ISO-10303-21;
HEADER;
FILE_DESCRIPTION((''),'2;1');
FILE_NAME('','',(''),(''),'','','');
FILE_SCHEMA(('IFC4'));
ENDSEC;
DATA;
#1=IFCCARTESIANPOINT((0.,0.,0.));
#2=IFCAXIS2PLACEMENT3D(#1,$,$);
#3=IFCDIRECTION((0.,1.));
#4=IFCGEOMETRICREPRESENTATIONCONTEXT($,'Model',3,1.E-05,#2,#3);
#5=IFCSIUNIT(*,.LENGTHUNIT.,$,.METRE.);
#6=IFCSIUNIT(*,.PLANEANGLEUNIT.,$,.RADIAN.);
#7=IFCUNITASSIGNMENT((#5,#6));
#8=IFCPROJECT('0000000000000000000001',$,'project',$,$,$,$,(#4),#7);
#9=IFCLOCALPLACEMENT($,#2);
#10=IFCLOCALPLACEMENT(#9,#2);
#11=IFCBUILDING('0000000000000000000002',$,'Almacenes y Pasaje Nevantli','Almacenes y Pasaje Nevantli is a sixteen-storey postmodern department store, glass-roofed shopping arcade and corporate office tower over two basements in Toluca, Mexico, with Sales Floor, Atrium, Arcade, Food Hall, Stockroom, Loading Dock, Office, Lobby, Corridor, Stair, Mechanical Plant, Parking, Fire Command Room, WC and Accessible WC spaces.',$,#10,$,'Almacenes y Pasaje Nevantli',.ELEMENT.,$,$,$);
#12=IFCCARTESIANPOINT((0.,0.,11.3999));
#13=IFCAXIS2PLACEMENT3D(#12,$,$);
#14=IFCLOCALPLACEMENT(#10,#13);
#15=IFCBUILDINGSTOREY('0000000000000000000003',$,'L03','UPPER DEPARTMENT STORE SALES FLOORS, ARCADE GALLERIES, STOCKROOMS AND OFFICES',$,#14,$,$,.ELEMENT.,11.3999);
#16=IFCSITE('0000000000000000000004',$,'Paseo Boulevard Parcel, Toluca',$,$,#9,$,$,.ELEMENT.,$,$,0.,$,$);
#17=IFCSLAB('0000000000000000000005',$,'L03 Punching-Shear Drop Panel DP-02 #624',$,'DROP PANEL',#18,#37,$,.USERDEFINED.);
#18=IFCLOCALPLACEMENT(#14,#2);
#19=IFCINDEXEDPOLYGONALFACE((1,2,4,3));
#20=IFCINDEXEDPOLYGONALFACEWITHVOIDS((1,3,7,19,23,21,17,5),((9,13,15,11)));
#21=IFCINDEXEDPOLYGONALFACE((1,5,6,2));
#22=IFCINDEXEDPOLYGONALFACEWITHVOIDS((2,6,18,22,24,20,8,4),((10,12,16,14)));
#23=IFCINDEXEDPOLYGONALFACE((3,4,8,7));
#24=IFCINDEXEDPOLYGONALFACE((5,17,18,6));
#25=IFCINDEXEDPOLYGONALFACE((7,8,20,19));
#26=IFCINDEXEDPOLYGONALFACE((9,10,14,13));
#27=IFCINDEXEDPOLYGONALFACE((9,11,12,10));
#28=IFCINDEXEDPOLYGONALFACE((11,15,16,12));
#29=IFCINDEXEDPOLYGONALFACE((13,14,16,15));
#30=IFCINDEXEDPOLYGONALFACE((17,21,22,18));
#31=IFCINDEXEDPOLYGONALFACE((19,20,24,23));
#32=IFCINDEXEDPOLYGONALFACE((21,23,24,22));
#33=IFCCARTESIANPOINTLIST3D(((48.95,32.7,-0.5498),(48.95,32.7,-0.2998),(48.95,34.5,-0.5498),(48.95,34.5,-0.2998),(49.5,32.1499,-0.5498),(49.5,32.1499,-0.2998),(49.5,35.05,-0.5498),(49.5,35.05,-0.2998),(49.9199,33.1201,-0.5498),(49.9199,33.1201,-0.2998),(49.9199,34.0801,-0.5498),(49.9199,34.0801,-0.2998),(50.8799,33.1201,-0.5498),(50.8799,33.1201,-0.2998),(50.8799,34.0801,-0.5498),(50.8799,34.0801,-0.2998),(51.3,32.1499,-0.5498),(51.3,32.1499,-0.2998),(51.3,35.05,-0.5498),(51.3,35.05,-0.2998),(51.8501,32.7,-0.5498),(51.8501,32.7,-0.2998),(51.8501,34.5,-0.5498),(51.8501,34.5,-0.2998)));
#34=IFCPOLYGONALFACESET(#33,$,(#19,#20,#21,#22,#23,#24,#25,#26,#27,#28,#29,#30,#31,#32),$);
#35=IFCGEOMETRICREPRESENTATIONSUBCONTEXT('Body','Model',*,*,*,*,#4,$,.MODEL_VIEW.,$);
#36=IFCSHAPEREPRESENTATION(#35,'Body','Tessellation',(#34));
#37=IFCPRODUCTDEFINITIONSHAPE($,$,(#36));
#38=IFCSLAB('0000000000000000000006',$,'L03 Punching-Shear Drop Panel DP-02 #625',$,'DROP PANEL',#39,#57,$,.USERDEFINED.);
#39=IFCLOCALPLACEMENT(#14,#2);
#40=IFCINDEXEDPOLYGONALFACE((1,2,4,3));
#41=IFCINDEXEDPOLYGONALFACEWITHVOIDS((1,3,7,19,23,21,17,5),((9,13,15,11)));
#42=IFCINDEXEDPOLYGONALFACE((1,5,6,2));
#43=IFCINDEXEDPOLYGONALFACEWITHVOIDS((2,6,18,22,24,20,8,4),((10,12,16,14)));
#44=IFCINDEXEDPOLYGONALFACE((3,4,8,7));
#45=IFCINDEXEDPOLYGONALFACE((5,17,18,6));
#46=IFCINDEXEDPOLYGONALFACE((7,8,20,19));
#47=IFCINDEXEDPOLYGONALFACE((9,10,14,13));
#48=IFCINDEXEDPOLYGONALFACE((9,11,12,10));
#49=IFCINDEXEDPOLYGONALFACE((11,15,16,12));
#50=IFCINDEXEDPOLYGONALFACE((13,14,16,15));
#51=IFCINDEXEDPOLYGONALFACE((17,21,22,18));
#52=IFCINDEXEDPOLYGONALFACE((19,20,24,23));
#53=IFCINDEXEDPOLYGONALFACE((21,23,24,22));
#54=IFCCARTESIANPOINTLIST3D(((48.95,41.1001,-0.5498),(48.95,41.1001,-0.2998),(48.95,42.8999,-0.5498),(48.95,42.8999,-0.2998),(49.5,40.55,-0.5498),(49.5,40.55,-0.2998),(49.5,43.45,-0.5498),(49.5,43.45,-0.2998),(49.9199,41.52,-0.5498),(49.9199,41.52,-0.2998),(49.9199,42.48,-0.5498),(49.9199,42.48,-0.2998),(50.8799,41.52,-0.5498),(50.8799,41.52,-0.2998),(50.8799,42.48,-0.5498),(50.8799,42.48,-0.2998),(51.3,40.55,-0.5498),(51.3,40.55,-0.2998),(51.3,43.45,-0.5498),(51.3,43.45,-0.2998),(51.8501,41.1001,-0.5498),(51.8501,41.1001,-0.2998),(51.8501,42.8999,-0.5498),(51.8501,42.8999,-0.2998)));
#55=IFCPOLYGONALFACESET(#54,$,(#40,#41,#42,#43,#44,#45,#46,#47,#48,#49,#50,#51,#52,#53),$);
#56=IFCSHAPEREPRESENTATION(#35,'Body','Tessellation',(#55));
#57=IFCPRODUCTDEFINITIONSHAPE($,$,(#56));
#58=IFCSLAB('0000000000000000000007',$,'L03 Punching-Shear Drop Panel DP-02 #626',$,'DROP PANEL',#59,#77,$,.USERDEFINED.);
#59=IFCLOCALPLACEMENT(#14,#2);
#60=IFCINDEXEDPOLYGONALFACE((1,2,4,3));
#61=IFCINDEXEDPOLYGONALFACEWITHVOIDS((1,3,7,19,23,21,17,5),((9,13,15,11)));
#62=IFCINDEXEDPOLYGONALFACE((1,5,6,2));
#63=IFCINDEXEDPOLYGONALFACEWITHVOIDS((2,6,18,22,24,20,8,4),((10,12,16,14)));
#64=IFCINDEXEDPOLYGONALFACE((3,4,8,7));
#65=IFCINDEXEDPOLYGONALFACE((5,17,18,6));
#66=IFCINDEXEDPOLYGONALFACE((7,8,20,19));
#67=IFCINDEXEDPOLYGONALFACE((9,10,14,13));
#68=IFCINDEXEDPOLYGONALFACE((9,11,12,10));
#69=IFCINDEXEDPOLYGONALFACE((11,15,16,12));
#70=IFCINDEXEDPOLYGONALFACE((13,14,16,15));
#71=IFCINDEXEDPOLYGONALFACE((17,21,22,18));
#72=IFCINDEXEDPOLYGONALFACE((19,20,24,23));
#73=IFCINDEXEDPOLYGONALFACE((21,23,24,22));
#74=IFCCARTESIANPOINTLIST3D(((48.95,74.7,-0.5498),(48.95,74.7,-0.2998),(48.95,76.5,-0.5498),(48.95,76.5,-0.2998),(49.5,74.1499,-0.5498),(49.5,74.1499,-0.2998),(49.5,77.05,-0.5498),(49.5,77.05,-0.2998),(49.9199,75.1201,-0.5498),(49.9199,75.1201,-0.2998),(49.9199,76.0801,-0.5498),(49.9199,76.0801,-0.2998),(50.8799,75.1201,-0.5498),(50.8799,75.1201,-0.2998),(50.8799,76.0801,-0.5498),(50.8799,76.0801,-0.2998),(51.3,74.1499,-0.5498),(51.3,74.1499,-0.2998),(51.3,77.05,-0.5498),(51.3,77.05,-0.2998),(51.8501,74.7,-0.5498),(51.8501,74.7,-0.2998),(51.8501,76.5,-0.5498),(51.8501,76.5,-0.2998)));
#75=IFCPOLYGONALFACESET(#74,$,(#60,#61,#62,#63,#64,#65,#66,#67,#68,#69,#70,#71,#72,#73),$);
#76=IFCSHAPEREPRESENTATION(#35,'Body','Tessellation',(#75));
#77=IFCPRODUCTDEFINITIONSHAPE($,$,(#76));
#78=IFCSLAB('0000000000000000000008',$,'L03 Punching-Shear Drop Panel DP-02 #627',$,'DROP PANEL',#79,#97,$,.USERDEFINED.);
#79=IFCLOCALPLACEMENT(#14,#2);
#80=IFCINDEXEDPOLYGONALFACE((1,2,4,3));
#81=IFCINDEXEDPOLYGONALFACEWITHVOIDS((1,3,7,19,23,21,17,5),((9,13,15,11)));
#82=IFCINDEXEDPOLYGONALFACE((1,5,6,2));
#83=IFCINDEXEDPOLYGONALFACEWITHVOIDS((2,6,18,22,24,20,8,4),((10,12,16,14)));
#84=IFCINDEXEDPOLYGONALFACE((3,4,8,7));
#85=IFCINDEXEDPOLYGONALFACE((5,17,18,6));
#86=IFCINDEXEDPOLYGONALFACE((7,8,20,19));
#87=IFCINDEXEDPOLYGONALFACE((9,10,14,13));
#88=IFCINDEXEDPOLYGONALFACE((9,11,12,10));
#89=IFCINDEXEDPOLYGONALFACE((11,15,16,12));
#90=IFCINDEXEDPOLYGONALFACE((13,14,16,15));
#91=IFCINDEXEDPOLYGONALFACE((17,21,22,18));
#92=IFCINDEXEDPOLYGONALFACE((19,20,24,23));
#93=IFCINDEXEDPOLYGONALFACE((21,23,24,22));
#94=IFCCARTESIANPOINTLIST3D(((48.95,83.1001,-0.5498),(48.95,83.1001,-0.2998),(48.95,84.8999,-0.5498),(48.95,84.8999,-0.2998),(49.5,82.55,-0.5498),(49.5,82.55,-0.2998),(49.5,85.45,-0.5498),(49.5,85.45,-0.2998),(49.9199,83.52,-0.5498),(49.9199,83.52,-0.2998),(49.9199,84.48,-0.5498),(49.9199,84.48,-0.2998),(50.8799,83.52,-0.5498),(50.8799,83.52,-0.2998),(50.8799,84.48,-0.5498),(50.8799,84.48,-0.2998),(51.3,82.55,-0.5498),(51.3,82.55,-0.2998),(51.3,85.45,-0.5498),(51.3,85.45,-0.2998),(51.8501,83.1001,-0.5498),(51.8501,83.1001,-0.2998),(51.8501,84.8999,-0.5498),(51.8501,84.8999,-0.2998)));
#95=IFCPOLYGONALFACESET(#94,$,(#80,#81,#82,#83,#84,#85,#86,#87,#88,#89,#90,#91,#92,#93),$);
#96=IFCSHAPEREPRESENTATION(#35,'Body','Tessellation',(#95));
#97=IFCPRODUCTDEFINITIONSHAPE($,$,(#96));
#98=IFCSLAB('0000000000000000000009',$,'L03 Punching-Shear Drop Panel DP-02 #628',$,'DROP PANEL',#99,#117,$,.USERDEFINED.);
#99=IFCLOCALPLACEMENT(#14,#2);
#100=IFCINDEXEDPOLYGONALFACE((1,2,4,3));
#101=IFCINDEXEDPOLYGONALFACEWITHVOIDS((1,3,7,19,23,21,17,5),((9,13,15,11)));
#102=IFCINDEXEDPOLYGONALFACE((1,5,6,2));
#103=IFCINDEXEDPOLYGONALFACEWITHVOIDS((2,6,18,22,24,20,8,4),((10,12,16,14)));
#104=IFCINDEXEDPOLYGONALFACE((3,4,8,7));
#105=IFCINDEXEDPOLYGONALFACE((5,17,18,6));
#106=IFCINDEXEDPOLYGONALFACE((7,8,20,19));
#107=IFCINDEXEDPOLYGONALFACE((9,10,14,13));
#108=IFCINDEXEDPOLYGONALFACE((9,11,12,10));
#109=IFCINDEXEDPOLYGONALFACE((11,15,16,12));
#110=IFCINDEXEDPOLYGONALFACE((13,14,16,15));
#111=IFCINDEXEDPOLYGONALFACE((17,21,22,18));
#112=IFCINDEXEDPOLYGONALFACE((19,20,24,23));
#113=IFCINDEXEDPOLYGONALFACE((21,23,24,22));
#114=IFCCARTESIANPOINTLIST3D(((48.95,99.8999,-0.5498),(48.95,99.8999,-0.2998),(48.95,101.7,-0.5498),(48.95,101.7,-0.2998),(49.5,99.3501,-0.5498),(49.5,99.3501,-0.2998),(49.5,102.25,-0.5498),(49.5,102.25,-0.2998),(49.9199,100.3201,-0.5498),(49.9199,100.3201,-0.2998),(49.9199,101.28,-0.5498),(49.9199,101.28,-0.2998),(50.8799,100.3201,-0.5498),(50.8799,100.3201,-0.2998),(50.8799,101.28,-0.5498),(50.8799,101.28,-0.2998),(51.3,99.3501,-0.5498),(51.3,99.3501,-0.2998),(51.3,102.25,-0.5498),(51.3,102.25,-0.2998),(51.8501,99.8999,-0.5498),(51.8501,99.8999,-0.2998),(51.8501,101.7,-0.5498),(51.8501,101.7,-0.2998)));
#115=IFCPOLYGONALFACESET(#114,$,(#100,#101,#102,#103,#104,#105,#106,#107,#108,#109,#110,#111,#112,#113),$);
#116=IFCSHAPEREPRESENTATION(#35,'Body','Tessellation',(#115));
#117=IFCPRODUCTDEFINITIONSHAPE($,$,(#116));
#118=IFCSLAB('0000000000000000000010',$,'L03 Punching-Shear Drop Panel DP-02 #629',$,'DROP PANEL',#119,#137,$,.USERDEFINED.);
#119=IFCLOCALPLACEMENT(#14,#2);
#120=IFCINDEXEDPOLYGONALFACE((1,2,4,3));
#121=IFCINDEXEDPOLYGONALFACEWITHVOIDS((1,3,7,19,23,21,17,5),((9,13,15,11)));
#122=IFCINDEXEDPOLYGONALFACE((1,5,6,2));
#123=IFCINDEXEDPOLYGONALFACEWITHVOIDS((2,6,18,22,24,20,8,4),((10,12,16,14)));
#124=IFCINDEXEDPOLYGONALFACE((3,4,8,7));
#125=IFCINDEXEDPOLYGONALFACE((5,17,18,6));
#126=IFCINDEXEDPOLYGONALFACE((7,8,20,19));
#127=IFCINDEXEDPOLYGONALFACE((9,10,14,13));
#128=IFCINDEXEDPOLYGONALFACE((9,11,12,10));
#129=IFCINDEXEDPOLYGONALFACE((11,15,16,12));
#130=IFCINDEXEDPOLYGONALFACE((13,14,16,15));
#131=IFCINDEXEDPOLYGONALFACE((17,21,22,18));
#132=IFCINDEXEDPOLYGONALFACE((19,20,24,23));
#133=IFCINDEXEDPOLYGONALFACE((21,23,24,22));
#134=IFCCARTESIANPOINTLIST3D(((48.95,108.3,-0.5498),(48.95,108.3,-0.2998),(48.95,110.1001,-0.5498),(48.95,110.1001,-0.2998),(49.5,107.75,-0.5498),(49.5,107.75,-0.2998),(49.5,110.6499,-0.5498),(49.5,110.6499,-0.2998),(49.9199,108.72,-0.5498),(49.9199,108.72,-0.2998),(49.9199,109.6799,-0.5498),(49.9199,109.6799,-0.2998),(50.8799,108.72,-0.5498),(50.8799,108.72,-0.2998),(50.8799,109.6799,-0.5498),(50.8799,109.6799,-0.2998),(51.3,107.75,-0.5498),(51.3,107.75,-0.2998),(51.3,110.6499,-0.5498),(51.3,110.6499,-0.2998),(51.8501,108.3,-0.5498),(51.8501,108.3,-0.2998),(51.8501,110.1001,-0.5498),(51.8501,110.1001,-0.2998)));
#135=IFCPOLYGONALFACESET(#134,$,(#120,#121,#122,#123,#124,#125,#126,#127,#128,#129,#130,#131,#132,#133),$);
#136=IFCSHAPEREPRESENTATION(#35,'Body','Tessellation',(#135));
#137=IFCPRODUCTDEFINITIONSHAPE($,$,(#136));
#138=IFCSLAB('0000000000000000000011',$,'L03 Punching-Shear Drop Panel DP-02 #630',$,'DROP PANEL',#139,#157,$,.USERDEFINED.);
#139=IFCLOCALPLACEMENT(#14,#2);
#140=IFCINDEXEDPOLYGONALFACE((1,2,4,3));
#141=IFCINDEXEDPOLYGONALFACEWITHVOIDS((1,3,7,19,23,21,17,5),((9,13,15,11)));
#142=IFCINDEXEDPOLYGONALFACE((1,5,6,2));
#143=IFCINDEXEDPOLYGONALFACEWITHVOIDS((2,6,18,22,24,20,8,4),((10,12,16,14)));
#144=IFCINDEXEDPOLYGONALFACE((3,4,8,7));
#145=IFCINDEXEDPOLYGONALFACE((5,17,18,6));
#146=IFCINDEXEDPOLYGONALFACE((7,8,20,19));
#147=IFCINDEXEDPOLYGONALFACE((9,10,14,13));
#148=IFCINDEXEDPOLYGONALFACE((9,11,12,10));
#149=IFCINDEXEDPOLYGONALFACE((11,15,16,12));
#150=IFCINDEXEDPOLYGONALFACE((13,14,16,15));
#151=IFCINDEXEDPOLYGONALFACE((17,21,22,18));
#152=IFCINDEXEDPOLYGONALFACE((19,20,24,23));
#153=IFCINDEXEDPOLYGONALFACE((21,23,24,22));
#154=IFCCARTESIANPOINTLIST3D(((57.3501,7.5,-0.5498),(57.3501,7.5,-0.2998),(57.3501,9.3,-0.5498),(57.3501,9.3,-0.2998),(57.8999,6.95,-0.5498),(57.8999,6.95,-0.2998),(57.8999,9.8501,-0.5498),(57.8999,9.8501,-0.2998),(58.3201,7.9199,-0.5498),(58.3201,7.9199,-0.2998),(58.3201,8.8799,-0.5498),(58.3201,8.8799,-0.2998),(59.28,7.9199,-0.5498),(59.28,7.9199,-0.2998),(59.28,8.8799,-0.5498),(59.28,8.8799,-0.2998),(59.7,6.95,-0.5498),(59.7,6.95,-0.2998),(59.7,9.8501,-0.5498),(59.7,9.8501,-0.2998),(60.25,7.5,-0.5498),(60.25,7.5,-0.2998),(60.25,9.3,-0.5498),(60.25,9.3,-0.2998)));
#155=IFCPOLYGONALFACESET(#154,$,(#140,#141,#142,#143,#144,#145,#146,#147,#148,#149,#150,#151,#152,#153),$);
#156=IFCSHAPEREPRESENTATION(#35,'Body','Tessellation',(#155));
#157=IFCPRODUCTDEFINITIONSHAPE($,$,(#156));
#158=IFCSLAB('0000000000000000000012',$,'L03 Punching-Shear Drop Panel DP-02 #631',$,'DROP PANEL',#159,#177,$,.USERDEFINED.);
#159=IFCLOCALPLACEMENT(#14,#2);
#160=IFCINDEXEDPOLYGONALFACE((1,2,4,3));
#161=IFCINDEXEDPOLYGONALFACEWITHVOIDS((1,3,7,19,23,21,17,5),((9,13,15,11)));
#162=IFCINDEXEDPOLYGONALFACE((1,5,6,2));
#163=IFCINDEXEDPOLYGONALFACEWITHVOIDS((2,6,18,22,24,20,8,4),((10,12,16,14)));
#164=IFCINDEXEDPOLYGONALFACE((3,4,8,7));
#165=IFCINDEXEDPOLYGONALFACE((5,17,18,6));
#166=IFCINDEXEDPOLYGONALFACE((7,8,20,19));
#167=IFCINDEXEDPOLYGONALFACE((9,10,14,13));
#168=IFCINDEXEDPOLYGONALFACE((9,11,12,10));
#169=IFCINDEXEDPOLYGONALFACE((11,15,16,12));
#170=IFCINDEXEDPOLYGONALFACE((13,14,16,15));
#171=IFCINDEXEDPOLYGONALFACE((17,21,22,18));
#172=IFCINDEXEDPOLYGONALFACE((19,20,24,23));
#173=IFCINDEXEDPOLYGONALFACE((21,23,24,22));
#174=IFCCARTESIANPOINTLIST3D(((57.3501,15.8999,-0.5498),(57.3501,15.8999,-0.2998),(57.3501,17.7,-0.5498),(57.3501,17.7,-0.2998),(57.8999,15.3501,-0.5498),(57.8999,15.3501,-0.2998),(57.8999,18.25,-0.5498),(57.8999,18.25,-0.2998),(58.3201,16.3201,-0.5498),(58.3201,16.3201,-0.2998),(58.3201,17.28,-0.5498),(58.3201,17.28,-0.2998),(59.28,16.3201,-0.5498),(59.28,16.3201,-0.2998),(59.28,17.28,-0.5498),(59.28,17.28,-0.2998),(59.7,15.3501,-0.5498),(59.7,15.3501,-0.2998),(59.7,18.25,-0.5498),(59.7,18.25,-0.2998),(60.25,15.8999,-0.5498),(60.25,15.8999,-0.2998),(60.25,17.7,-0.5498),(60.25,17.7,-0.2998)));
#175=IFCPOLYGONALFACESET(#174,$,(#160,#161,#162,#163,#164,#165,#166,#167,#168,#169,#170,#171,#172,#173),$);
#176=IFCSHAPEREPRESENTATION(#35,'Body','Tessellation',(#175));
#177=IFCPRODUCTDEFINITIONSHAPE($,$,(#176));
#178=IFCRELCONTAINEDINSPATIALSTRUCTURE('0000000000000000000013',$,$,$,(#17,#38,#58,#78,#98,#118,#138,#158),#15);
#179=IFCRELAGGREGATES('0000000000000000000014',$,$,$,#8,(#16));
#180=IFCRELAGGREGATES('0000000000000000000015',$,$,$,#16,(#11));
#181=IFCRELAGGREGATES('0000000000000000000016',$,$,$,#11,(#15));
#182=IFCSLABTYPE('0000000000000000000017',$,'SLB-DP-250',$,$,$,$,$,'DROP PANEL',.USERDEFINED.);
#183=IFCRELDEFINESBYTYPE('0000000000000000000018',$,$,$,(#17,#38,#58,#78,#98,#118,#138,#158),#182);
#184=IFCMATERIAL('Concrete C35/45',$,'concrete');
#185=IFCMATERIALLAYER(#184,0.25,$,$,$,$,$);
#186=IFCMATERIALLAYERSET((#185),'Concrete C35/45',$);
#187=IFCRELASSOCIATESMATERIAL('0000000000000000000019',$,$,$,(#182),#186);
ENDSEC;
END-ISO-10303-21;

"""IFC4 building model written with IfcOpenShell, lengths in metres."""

from ifc_helpers import new_model, si_unit, direction, frame, origin, place, context, subcontext, project, spatial, polyline, outline, extrude, material, layer, layer_set, type_object, element, save


model = new_model("IFC4")

# Units and contexts
model_context = context("Model", 3, precision=1e-05, world=origin(), true_north=direction((0.0, 1.0)))
body_context = subcontext(model_context, "Body", "Model", "MODEL_VIEW")
ifc_project = project(units=[si_unit("LENGTHUNIT", "METRE"), si_unit("PLANEANGLEUNIT", "RADIAN")], contexts=[model_context])

# Site, building, storey
site_placement = place(None, origin())
site = spatial("IfcSite", under=ifc_project, at=site_placement, Name="Paseo Boulevard Parcel, Toluca", CompositionType="ELEMENT", RefElevation=0.0)
building_placement = place(site_placement, origin())
building = spatial("IfcBuilding", under=site, at=building_placement, Name="Almacenes y Pasaje Nevantli", Description="Almacenes y Pasaje Nevantli is a sixteen-storey postmodern department store, glass-roofed shopping arcade and corporate office tower over two basements in Toluca, Mexico, with Sales Floor, Atrium, Arcade, Food Hall, Stockroom, Loading Dock, Office, Lobby, Corridor, Stair, Mechanical Plant, Parking, Fire Command Room, WC and Accessible WC spaces.", LongName="Almacenes y Pasaje Nevantli", CompositionType="ELEMENT")
storey_placement = place(building_placement, frame((0.0, 0.0, 11.3999)))
storey = spatial("IfcBuildingStorey", under=building, at=storey_placement, Name="L03", Description="UPPER DEPARTMENT STORE SALES FLOORS, ARCADE GALLERIES, STOCKROOMS AND OFFICES", CompositionType="ELEMENT", Elevation=11.3999)

# Slabs
ifc_material = material(Name="Concrete C35/45", Category="concrete")
ifc_layer = layer(ifc_material, 0.25)
ifc_layer_set = layer_set([ifc_layer], Name="Concrete C35/45")
slab_type = type_object("IfcSlabType", Name="SLB-DP-250", ElementType="DROP PANEL", PredefinedType="USERDEFINED", material=ifc_layer_set)
slab_1_placement = place(storey_placement, frame((0.0, 0.0, -0.5498)))
element("IfcSlab", 1, at=slab_1_placement, inside=storey, type_object=slab_type, Name="L03 Punching-Shear Drop Panel DP-02 #624", ObjectType="DROP PANEL", PredefinedType="USERDEFINED", context=body_context, shape_type="SweptSolid", body=[
    extrude(outline(polyline([(49.5, 32.1499), (51.3, 32.1499), (51.8501, 32.7), (51.8501, 34.5), (51.3, 35.05), (49.5, 35.05), (48.95, 34.5), (48.95, 32.7), (49.5, 32.1499)]), holes=[polyline([(49.9199, 33.1201), (50.8799, 33.1201), (50.8799, 34.0801), (49.9199, 34.0801), (49.9199, 33.1201)])]), origin(), (0.0, 0.0, 1.0), 0.25),
])
slab_2_placement = place(storey_placement, frame((0.0, 0.0, -0.5498)))
element("IfcSlab", 2, at=slab_2_placement, inside=storey, type_object=slab_type, Name="L03 Punching-Shear Drop Panel DP-02 #625", ObjectType="DROP PANEL", PredefinedType="USERDEFINED", context=body_context, shape_type="SweptSolid", body=[
    extrude(outline(polyline([(49.5, 40.55), (51.3, 40.55), (51.8501, 41.1001), (51.8501, 42.8999), (51.3, 43.45), (49.5, 43.45), (48.95, 42.8999), (48.95, 41.1001), (49.5, 40.55)]), holes=[polyline([(49.9199, 41.52), (50.8799, 41.52), (50.8799, 42.48), (49.9199, 42.48), (49.9199, 41.52)])]), origin(), (0.0, 0.0, 1.0), 0.25),
])
slab_3_placement = place(storey_placement, frame((0.0, 0.0, -0.5498)))
element("IfcSlab", 3, at=slab_3_placement, inside=storey, type_object=slab_type, Name="L03 Punching-Shear Drop Panel DP-02 #626", ObjectType="DROP PANEL", PredefinedType="USERDEFINED", context=body_context, shape_type="SweptSolid", body=[
    extrude(outline(polyline([(49.5, 74.1499), (51.3, 74.1499), (51.8501, 74.7), (51.8501, 76.5), (51.3, 77.05), (49.5, 77.05), (48.95, 76.5), (48.95, 74.7), (49.5, 74.1499)]), holes=[polyline([(49.9199, 75.1201), (50.8799, 75.1201), (50.8799, 76.0801), (49.9199, 76.0801), (49.9199, 75.1201)])]), origin(), (0.0, 0.0, 1.0), 0.25),
])
slab_4_placement = place(storey_placement, frame((0.0, 0.0, -0.5498)))
element("IfcSlab", 4, at=slab_4_placement, inside=storey, type_object=slab_type, Name="L03 Punching-Shear Drop Panel DP-02 #627", ObjectType="DROP PANEL", PredefinedType="USERDEFINED", context=body_context, shape_type="SweptSolid", body=[
    extrude(outline(polyline([(49.5, 82.55), (51.3, 82.55), (51.8501, 83.1001), (51.8501, 84.8999), (51.3, 85.45), (49.5, 85.45), (48.95, 84.8999), (48.95, 83.1001), (49.5, 82.55)]), holes=[polyline([(49.9199, 83.52), (50.8799, 83.52), (50.8799, 84.48), (49.9199, 84.48), (49.9199, 83.52)])]), origin(), (0.0, 0.0, 1.0), 0.25),
])
slab_5_placement = place(storey_placement, frame((0.0, 0.0, -0.5498)))
element("IfcSlab", 5, at=slab_5_placement, inside=storey, type_object=slab_type, Name="L03 Punching-Shear Drop Panel DP-02 #628", ObjectType="DROP PANEL", PredefinedType="USERDEFINED", context=body_context, shape_type="SweptSolid", body=[
    extrude(outline(polyline([(49.5, 99.3501), (51.3, 99.3501), (51.8501, 99.8999), (51.8501, 101.7), (51.3, 102.25), (49.5, 102.25), (48.95, 101.7), (48.95, 99.8999), (49.5, 99.3501)]), holes=[polyline([(49.9199, 100.3201), (50.8799, 100.3201), (50.8799, 101.28), (49.9199, 101.28), (49.9199, 100.3201)])]), origin(), (0.0, 0.0, 1.0), 0.25),
])
slab_6_placement = place(storey_placement, frame((0.0, 0.0, -0.5498)))
element("IfcSlab", 6, at=slab_6_placement, inside=storey, type_object=slab_type, Name="L03 Punching-Shear Drop Panel DP-02 #629", ObjectType="DROP PANEL", PredefinedType="USERDEFINED", context=body_context, shape_type="SweptSolid", body=[
    extrude(outline(polyline([(49.5, 107.75), (51.3, 107.75), (51.8501, 108.3), (51.8501, 110.1001), (51.3, 110.6499), (49.5, 110.6499), (48.95, 110.1001), (48.95, 108.3), (49.5, 107.75)]), holes=[polyline([(49.9199, 108.72), (50.8799, 108.72), (50.8799, 109.6799), (49.9199, 109.6799), (49.9199, 108.72)])]), origin(), (0.0, 0.0, 1.0), 0.25),
])
slab_7_placement = place(storey_placement, frame((0.0, 0.0, -0.5498)))
element("IfcSlab", 7, at=slab_7_placement, inside=storey, type_object=slab_type, Name="L03 Punching-Shear Drop Panel DP-02 #630", ObjectType="DROP PANEL", PredefinedType="USERDEFINED", context=body_context, shape_type="SweptSolid", body=[
    extrude(outline(polyline([(57.8999, 6.95), (59.7, 6.95), (60.25, 7.5), (60.25, 9.3), (59.7, 9.8501), (57.8999, 9.8501), (57.3501, 9.3), (57.3501, 7.5), (57.8999, 6.95)]), holes=[polyline([(58.3201, 7.9199), (59.28, 7.9199), (59.28, 8.8799), (58.3201, 8.8799), (58.3201, 7.9199)])]), origin(), (0.0, 0.0, 1.0), 0.25),
])
slab_8_placement = place(storey_placement, frame((0.0, 0.0, -0.5498)))
element("IfcSlab", 8, at=slab_8_placement, inside=storey, type_object=slab_type, Name="L03 Punching-Shear Drop Panel DP-02 #631", ObjectType="DROP PANEL", PredefinedType="USERDEFINED", context=body_context, shape_type="SweptSolid", body=[
    extrude(outline(polyline([(57.8999, 15.3501), (59.7, 15.3501), (60.25, 15.8999), (60.25, 17.7), (59.7, 18.25), (57.8999, 18.25), (57.3501, 17.7), (57.3501, 15.8999), (57.8999, 15.3501)]), holes=[polyline([(58.3201, 16.3201), (59.28, 16.3201), (59.28, 17.28), (58.3201, 17.28), (58.3201, 16.3201)])]), origin(), (0.0, 0.0, 1.0), 0.25),
])

save(model, "model.ifc")
